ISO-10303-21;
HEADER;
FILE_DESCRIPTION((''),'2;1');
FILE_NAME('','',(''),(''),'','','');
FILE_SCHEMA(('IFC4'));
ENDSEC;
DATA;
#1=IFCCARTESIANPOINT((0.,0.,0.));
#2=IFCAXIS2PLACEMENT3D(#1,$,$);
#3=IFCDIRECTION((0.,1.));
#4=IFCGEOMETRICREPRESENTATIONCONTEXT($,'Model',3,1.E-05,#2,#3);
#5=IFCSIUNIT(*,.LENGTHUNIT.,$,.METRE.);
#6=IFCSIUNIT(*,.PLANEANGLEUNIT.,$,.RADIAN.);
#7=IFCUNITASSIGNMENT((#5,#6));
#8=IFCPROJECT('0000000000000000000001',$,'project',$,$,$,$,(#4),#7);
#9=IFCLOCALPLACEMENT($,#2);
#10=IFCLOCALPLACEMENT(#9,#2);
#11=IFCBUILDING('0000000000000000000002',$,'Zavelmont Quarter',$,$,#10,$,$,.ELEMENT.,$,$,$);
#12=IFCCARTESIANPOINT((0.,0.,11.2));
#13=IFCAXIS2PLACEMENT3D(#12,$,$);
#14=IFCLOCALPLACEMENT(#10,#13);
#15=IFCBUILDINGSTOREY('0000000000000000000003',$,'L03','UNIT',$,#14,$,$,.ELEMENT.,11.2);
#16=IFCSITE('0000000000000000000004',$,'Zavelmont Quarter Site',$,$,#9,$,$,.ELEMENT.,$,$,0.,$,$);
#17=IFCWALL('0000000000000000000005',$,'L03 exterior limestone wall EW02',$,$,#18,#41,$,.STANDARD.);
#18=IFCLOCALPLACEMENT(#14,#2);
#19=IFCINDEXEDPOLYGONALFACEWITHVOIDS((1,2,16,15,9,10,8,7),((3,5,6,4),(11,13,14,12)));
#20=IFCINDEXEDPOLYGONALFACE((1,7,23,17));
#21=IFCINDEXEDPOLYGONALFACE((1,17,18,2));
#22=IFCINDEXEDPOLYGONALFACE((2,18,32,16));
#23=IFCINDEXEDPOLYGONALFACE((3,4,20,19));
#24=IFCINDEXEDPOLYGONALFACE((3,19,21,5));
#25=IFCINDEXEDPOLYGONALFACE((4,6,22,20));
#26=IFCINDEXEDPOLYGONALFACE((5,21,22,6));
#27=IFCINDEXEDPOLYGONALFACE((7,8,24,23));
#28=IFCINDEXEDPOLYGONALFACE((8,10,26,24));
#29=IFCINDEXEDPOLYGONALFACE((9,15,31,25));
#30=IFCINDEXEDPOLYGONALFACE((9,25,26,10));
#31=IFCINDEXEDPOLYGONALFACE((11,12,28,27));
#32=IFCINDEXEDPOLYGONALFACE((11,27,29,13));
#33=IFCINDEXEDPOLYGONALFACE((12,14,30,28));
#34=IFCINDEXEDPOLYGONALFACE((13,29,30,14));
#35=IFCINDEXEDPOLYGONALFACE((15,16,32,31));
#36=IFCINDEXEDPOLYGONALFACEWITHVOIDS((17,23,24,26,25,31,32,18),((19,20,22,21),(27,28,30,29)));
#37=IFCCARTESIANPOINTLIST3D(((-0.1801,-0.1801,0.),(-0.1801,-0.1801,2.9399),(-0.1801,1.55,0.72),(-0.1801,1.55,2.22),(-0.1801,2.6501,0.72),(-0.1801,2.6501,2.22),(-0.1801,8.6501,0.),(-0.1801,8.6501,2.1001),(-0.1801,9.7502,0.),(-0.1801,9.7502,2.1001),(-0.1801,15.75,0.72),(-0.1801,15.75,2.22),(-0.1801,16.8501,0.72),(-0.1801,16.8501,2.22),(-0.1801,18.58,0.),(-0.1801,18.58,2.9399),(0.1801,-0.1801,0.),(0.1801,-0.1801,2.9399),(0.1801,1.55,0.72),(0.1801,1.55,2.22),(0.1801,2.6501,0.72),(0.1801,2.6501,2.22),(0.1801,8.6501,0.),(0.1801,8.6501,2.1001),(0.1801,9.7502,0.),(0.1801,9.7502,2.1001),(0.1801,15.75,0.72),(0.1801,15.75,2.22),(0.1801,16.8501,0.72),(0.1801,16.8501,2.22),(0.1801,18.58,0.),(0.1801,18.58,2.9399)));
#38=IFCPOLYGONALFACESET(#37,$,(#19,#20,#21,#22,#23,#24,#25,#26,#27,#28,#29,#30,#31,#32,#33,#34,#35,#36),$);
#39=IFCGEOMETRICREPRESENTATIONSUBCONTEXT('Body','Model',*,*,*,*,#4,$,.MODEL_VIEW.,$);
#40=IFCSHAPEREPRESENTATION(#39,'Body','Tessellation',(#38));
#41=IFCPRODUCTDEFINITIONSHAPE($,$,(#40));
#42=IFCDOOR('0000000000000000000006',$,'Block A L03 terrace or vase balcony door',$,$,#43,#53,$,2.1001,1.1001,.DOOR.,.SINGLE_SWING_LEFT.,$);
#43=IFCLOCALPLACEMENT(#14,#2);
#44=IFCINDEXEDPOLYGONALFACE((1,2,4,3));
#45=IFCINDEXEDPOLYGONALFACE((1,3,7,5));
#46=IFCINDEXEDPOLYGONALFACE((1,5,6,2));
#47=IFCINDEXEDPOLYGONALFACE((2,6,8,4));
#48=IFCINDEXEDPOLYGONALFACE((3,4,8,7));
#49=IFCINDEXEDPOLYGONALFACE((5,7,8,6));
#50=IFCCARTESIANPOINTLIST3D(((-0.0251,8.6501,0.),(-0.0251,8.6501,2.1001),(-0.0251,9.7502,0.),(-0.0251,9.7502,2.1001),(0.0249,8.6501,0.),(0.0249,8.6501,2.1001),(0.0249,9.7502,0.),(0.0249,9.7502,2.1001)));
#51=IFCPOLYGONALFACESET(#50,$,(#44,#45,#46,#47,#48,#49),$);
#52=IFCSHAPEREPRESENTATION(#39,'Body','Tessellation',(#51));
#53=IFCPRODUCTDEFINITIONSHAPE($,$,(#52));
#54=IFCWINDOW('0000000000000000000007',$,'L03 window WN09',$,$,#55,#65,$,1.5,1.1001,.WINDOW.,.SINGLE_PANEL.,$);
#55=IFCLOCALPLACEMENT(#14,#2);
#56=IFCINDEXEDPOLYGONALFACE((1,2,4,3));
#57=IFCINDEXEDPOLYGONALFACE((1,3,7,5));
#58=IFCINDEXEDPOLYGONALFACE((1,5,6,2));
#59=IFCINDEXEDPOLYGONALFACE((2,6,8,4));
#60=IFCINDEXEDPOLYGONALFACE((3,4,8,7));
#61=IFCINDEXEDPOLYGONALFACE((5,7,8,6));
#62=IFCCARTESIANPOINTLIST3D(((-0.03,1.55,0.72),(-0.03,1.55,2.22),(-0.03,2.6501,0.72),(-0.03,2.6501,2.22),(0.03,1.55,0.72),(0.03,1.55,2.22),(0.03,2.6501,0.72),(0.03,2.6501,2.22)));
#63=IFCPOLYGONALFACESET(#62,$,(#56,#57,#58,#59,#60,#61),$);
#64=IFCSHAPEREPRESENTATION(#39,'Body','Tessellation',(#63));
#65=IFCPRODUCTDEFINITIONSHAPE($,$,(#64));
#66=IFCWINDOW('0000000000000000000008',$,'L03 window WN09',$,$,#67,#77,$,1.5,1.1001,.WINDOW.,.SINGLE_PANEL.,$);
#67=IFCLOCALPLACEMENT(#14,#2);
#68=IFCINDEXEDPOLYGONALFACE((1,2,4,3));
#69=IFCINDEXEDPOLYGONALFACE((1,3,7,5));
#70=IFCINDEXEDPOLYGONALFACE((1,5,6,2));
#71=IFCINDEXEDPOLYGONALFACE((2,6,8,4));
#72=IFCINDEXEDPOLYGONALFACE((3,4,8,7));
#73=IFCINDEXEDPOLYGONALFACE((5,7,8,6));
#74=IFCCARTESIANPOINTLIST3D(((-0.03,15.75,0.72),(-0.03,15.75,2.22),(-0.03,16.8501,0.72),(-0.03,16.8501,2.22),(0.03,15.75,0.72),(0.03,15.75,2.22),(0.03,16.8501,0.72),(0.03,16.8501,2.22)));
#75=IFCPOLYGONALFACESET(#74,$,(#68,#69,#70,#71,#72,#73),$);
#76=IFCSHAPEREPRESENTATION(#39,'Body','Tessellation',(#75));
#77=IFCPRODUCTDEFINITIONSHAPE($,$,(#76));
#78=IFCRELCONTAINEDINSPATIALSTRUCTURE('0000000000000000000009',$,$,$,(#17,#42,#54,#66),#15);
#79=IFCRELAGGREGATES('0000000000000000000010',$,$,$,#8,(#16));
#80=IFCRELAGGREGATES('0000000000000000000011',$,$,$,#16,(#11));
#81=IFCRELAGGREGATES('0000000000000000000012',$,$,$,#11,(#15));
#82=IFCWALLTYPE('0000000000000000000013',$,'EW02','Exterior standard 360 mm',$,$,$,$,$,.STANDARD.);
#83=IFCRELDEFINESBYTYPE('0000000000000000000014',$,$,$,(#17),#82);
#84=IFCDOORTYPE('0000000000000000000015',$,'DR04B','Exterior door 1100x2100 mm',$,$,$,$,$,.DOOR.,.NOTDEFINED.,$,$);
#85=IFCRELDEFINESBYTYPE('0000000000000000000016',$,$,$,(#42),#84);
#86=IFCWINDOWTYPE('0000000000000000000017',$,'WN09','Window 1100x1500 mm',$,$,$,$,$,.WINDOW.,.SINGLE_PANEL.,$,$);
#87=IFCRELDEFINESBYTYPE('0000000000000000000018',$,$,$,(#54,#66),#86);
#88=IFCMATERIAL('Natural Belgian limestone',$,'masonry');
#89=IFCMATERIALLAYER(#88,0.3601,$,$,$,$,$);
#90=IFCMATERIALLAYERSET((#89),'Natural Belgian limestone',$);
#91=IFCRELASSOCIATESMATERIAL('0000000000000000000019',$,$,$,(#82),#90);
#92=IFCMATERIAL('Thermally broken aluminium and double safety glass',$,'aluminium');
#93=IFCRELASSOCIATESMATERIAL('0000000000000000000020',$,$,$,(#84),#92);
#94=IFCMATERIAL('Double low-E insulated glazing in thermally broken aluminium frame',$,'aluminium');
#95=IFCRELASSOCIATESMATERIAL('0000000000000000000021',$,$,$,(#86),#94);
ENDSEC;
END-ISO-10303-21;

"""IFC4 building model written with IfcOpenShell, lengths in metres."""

from ifc_helpers import new_model, si_unit, direction, frame, frame_2d, origin, origin_with_axes, place, context, subcontext, project, spatial, rectangle, extrude, material, layer, layer_set, type_object, element, fill, save


model = new_model("IFC4")

# Units and contexts
model_context = context("Model", 3, precision=1e-05, world=origin(), true_north=direction((0.0, 1.0)))
body_context = subcontext(model_context, "Body", "Model", "MODEL_VIEW")
ifc_project = project(units=[si_unit("LENGTHUNIT", "METRE"), si_unit("PLANEANGLEUNIT", "RADIAN")], contexts=[model_context])

# Site, building, storey
site_placement = place(None, origin())
site = spatial("IfcSite", under=ifc_project, at=site_placement, Name="Zavelmont Quarter Site", CompositionType="ELEMENT", RefElevation=0.0)
building_placement = place(site_placement, origin())
building = spatial("IfcBuilding", under=site, at=building_placement, Name="Zavelmont Quarter", CompositionType="ELEMENT")
storey_placement = place(building_placement, frame((0.0, 0.0, 11.2)))
storey = spatial("IfcBuildingStorey", under=building, at=storey_placement, Name="L03", Description="UNIT", CompositionType="ELEMENT", Elevation=11.2)

# Wall, openings, door, windows
ifc_material_1 = material(Name="Natural Belgian limestone", Category="masonry")
ifc_layer_1 = layer(ifc_material_1, 0.3601)
ifc_layer_set_1 = layer_set([ifc_layer_1], Name="Natural Belgian limestone")
wall_type = type_object("IfcWallType", Name="EW02", Description="Exterior standard 360 mm", PredefinedType="STANDARD", material=ifc_layer_set_1)
wall_placement = place(storey_placement, frame((0.0, -0.1799, 0.0), z_axis=(0.0, 0.0, 1.0), x_axis=(0.0, 1.0, 0.0)))
wall = element("IfcWall", 1, at=wall_placement, inside=storey, type_object=wall_type, Name="L03 exterior limestone wall EW02", PredefinedType="STANDARD", context=body_context, shape_type="SweptSolid", body=[
    extrude(rectangle(XDim=18.76, YDim=0.3601, at=frame_2d((9.3799, 0.0))), origin(), (0.0, 0.0, 1.0), 2.9399),
])
opening_1_placement = place(wall_placement, frame((8.8301, 0.0, 0.0)))
opening_1 = element("IfcOpeningElement", 2, at=opening_1_placement, cuts=wall, PredefinedType="OPENING", context=body_context, shape_type="SweptSolid", body=[
    extrude(rectangle(XDim=1.1001, YDim=2.1001, at=frame_2d((0.55, 1.05))), frame((0.0, 0.1919, 0.0), z_axis=(0.0, -1.0, 0.0), x_axis=(1.0, 0.0, 0.0)), (0.0, 0.0, 1.0), 0.384),
])
opening_2_placement = place(wall_placement, frame((1.73, 0.0, 0.72)))
opening_2 = element("IfcOpeningElement", 3, at=opening_2_placement, cuts=wall, PredefinedType="OPENING", context=body_context, shape_type="SweptSolid", body=[
    extrude(rectangle(XDim=1.1001, YDim=1.5, at=frame_2d((0.55, 0.75))), frame((0.0, 0.1919, 0.0), z_axis=(0.0, -1.0, 0.0), x_axis=(1.0, 0.0, 0.0)), (0.0, 0.0, 1.0), 0.384),
])
opening_3_placement = place(wall_placement, frame((15.9299, 0.0, 0.72)))
opening_3 = element("IfcOpeningElement", 4, at=opening_3_placement, cuts=wall, PredefinedType="OPENING", context=body_context, shape_type="SweptSolid", body=[
    extrude(rectangle(XDim=1.1001, YDim=1.5, at=frame_2d((0.55, 0.75))), frame((0.0, 0.1919, 0.0), z_axis=(0.0, -1.0, 0.0), x_axis=(1.0, 0.0, 0.0)), (0.0, 0.0, 1.0), 0.384),
])
ifc_material_2 = material(Name="Thermally broken aluminium and double safety glass", Category="aluminium")
door_type = type_object("IfcDoorType", Name="DR04B", Description="Exterior door 1100x2100 mm", OperationType="NOTDEFINED", PredefinedType="DOOR", material=ifc_material_2)
door_placement = place(opening_1_placement, frame((1.1001, 0.0, 0.0), z_axis=(0.0, 0.0, 1.0), x_axis=(-1.0, 0.0, 0.0)))
door = element("IfcDoor", 5, at=door_placement, inside=storey, type_object=door_type, Name="Block A L03 terrace or vase balcony door", OperationType="SINGLE_SWING_LEFT", OverallHeight=2.1001, OverallWidth=1.1001, PredefinedType="DOOR", context=body_context, shape_type="SweptSolid", body=[
    extrude(rectangle(XDim=1.1001, YDim=2.1001, at=frame_2d((0.55, 1.05))), frame((0.0, 0.0249, 0.0), z_axis=(0.0, -1.0, 0.0), x_axis=(1.0, 0.0, 0.0)), (0.0, 0.0, 1.0), 0.05),
])
fill(opening_1, door)
ifc_material_3 = material(Name="Double low-E insulated glazing in thermally broken aluminium frame", Category="aluminium")
window_type = type_object("IfcWindowType", Name="WN09", Description="Window 1100x1500 mm", PartitioningType="SINGLE_PANEL", PredefinedType="WINDOW", material=ifc_material_3)
window_1_placement = place(opening_2_placement, origin_with_axes())
window_1 = element("IfcWindow", 6, at=window_1_placement, inside=storey, type_object=window_type, Name="L03 window WN09", OverallHeight=1.5, OverallWidth=1.1001, PartitioningType="SINGLE_PANEL", PredefinedType="WINDOW", context=body_context, shape_type="SweptSolid", body=[
    extrude(rectangle(XDim=1.1001, YDim=1.5, at=frame_2d((0.55, 0.75))), frame((0.0, 0.03, 0.0), z_axis=(0.0, -1.0, 0.0), x_axis=(1.0, 0.0, 0.0)), (0.0, 0.0, 1.0), 0.0601),
])
fill(opening_2, window_1)
window_2_placement = place(opening_3_placement, origin_with_axes())
window_2 = element("IfcWindow", 7, at=window_2_placement, inside=storey, type_object=window_type, Name="L03 window WN09", OverallHeight=1.5, OverallWidth=1.1001, PartitioningType="SINGLE_PANEL", PredefinedType="WINDOW", context=body_context, shape_type="SweptSolid", body=[
    extrude(rectangle(XDim=1.1001, YDim=1.5, at=frame_2d((0.55, 0.75))), frame((0.0, 0.03, 0.0), z_axis=(0.0, -1.0, 0.0), x_axis=(1.0, 0.0, 0.0)), (0.0, 0.0, 1.0), 0.0601),
])
fill(opening_3, window_2)

save(model, "model.ifc")
